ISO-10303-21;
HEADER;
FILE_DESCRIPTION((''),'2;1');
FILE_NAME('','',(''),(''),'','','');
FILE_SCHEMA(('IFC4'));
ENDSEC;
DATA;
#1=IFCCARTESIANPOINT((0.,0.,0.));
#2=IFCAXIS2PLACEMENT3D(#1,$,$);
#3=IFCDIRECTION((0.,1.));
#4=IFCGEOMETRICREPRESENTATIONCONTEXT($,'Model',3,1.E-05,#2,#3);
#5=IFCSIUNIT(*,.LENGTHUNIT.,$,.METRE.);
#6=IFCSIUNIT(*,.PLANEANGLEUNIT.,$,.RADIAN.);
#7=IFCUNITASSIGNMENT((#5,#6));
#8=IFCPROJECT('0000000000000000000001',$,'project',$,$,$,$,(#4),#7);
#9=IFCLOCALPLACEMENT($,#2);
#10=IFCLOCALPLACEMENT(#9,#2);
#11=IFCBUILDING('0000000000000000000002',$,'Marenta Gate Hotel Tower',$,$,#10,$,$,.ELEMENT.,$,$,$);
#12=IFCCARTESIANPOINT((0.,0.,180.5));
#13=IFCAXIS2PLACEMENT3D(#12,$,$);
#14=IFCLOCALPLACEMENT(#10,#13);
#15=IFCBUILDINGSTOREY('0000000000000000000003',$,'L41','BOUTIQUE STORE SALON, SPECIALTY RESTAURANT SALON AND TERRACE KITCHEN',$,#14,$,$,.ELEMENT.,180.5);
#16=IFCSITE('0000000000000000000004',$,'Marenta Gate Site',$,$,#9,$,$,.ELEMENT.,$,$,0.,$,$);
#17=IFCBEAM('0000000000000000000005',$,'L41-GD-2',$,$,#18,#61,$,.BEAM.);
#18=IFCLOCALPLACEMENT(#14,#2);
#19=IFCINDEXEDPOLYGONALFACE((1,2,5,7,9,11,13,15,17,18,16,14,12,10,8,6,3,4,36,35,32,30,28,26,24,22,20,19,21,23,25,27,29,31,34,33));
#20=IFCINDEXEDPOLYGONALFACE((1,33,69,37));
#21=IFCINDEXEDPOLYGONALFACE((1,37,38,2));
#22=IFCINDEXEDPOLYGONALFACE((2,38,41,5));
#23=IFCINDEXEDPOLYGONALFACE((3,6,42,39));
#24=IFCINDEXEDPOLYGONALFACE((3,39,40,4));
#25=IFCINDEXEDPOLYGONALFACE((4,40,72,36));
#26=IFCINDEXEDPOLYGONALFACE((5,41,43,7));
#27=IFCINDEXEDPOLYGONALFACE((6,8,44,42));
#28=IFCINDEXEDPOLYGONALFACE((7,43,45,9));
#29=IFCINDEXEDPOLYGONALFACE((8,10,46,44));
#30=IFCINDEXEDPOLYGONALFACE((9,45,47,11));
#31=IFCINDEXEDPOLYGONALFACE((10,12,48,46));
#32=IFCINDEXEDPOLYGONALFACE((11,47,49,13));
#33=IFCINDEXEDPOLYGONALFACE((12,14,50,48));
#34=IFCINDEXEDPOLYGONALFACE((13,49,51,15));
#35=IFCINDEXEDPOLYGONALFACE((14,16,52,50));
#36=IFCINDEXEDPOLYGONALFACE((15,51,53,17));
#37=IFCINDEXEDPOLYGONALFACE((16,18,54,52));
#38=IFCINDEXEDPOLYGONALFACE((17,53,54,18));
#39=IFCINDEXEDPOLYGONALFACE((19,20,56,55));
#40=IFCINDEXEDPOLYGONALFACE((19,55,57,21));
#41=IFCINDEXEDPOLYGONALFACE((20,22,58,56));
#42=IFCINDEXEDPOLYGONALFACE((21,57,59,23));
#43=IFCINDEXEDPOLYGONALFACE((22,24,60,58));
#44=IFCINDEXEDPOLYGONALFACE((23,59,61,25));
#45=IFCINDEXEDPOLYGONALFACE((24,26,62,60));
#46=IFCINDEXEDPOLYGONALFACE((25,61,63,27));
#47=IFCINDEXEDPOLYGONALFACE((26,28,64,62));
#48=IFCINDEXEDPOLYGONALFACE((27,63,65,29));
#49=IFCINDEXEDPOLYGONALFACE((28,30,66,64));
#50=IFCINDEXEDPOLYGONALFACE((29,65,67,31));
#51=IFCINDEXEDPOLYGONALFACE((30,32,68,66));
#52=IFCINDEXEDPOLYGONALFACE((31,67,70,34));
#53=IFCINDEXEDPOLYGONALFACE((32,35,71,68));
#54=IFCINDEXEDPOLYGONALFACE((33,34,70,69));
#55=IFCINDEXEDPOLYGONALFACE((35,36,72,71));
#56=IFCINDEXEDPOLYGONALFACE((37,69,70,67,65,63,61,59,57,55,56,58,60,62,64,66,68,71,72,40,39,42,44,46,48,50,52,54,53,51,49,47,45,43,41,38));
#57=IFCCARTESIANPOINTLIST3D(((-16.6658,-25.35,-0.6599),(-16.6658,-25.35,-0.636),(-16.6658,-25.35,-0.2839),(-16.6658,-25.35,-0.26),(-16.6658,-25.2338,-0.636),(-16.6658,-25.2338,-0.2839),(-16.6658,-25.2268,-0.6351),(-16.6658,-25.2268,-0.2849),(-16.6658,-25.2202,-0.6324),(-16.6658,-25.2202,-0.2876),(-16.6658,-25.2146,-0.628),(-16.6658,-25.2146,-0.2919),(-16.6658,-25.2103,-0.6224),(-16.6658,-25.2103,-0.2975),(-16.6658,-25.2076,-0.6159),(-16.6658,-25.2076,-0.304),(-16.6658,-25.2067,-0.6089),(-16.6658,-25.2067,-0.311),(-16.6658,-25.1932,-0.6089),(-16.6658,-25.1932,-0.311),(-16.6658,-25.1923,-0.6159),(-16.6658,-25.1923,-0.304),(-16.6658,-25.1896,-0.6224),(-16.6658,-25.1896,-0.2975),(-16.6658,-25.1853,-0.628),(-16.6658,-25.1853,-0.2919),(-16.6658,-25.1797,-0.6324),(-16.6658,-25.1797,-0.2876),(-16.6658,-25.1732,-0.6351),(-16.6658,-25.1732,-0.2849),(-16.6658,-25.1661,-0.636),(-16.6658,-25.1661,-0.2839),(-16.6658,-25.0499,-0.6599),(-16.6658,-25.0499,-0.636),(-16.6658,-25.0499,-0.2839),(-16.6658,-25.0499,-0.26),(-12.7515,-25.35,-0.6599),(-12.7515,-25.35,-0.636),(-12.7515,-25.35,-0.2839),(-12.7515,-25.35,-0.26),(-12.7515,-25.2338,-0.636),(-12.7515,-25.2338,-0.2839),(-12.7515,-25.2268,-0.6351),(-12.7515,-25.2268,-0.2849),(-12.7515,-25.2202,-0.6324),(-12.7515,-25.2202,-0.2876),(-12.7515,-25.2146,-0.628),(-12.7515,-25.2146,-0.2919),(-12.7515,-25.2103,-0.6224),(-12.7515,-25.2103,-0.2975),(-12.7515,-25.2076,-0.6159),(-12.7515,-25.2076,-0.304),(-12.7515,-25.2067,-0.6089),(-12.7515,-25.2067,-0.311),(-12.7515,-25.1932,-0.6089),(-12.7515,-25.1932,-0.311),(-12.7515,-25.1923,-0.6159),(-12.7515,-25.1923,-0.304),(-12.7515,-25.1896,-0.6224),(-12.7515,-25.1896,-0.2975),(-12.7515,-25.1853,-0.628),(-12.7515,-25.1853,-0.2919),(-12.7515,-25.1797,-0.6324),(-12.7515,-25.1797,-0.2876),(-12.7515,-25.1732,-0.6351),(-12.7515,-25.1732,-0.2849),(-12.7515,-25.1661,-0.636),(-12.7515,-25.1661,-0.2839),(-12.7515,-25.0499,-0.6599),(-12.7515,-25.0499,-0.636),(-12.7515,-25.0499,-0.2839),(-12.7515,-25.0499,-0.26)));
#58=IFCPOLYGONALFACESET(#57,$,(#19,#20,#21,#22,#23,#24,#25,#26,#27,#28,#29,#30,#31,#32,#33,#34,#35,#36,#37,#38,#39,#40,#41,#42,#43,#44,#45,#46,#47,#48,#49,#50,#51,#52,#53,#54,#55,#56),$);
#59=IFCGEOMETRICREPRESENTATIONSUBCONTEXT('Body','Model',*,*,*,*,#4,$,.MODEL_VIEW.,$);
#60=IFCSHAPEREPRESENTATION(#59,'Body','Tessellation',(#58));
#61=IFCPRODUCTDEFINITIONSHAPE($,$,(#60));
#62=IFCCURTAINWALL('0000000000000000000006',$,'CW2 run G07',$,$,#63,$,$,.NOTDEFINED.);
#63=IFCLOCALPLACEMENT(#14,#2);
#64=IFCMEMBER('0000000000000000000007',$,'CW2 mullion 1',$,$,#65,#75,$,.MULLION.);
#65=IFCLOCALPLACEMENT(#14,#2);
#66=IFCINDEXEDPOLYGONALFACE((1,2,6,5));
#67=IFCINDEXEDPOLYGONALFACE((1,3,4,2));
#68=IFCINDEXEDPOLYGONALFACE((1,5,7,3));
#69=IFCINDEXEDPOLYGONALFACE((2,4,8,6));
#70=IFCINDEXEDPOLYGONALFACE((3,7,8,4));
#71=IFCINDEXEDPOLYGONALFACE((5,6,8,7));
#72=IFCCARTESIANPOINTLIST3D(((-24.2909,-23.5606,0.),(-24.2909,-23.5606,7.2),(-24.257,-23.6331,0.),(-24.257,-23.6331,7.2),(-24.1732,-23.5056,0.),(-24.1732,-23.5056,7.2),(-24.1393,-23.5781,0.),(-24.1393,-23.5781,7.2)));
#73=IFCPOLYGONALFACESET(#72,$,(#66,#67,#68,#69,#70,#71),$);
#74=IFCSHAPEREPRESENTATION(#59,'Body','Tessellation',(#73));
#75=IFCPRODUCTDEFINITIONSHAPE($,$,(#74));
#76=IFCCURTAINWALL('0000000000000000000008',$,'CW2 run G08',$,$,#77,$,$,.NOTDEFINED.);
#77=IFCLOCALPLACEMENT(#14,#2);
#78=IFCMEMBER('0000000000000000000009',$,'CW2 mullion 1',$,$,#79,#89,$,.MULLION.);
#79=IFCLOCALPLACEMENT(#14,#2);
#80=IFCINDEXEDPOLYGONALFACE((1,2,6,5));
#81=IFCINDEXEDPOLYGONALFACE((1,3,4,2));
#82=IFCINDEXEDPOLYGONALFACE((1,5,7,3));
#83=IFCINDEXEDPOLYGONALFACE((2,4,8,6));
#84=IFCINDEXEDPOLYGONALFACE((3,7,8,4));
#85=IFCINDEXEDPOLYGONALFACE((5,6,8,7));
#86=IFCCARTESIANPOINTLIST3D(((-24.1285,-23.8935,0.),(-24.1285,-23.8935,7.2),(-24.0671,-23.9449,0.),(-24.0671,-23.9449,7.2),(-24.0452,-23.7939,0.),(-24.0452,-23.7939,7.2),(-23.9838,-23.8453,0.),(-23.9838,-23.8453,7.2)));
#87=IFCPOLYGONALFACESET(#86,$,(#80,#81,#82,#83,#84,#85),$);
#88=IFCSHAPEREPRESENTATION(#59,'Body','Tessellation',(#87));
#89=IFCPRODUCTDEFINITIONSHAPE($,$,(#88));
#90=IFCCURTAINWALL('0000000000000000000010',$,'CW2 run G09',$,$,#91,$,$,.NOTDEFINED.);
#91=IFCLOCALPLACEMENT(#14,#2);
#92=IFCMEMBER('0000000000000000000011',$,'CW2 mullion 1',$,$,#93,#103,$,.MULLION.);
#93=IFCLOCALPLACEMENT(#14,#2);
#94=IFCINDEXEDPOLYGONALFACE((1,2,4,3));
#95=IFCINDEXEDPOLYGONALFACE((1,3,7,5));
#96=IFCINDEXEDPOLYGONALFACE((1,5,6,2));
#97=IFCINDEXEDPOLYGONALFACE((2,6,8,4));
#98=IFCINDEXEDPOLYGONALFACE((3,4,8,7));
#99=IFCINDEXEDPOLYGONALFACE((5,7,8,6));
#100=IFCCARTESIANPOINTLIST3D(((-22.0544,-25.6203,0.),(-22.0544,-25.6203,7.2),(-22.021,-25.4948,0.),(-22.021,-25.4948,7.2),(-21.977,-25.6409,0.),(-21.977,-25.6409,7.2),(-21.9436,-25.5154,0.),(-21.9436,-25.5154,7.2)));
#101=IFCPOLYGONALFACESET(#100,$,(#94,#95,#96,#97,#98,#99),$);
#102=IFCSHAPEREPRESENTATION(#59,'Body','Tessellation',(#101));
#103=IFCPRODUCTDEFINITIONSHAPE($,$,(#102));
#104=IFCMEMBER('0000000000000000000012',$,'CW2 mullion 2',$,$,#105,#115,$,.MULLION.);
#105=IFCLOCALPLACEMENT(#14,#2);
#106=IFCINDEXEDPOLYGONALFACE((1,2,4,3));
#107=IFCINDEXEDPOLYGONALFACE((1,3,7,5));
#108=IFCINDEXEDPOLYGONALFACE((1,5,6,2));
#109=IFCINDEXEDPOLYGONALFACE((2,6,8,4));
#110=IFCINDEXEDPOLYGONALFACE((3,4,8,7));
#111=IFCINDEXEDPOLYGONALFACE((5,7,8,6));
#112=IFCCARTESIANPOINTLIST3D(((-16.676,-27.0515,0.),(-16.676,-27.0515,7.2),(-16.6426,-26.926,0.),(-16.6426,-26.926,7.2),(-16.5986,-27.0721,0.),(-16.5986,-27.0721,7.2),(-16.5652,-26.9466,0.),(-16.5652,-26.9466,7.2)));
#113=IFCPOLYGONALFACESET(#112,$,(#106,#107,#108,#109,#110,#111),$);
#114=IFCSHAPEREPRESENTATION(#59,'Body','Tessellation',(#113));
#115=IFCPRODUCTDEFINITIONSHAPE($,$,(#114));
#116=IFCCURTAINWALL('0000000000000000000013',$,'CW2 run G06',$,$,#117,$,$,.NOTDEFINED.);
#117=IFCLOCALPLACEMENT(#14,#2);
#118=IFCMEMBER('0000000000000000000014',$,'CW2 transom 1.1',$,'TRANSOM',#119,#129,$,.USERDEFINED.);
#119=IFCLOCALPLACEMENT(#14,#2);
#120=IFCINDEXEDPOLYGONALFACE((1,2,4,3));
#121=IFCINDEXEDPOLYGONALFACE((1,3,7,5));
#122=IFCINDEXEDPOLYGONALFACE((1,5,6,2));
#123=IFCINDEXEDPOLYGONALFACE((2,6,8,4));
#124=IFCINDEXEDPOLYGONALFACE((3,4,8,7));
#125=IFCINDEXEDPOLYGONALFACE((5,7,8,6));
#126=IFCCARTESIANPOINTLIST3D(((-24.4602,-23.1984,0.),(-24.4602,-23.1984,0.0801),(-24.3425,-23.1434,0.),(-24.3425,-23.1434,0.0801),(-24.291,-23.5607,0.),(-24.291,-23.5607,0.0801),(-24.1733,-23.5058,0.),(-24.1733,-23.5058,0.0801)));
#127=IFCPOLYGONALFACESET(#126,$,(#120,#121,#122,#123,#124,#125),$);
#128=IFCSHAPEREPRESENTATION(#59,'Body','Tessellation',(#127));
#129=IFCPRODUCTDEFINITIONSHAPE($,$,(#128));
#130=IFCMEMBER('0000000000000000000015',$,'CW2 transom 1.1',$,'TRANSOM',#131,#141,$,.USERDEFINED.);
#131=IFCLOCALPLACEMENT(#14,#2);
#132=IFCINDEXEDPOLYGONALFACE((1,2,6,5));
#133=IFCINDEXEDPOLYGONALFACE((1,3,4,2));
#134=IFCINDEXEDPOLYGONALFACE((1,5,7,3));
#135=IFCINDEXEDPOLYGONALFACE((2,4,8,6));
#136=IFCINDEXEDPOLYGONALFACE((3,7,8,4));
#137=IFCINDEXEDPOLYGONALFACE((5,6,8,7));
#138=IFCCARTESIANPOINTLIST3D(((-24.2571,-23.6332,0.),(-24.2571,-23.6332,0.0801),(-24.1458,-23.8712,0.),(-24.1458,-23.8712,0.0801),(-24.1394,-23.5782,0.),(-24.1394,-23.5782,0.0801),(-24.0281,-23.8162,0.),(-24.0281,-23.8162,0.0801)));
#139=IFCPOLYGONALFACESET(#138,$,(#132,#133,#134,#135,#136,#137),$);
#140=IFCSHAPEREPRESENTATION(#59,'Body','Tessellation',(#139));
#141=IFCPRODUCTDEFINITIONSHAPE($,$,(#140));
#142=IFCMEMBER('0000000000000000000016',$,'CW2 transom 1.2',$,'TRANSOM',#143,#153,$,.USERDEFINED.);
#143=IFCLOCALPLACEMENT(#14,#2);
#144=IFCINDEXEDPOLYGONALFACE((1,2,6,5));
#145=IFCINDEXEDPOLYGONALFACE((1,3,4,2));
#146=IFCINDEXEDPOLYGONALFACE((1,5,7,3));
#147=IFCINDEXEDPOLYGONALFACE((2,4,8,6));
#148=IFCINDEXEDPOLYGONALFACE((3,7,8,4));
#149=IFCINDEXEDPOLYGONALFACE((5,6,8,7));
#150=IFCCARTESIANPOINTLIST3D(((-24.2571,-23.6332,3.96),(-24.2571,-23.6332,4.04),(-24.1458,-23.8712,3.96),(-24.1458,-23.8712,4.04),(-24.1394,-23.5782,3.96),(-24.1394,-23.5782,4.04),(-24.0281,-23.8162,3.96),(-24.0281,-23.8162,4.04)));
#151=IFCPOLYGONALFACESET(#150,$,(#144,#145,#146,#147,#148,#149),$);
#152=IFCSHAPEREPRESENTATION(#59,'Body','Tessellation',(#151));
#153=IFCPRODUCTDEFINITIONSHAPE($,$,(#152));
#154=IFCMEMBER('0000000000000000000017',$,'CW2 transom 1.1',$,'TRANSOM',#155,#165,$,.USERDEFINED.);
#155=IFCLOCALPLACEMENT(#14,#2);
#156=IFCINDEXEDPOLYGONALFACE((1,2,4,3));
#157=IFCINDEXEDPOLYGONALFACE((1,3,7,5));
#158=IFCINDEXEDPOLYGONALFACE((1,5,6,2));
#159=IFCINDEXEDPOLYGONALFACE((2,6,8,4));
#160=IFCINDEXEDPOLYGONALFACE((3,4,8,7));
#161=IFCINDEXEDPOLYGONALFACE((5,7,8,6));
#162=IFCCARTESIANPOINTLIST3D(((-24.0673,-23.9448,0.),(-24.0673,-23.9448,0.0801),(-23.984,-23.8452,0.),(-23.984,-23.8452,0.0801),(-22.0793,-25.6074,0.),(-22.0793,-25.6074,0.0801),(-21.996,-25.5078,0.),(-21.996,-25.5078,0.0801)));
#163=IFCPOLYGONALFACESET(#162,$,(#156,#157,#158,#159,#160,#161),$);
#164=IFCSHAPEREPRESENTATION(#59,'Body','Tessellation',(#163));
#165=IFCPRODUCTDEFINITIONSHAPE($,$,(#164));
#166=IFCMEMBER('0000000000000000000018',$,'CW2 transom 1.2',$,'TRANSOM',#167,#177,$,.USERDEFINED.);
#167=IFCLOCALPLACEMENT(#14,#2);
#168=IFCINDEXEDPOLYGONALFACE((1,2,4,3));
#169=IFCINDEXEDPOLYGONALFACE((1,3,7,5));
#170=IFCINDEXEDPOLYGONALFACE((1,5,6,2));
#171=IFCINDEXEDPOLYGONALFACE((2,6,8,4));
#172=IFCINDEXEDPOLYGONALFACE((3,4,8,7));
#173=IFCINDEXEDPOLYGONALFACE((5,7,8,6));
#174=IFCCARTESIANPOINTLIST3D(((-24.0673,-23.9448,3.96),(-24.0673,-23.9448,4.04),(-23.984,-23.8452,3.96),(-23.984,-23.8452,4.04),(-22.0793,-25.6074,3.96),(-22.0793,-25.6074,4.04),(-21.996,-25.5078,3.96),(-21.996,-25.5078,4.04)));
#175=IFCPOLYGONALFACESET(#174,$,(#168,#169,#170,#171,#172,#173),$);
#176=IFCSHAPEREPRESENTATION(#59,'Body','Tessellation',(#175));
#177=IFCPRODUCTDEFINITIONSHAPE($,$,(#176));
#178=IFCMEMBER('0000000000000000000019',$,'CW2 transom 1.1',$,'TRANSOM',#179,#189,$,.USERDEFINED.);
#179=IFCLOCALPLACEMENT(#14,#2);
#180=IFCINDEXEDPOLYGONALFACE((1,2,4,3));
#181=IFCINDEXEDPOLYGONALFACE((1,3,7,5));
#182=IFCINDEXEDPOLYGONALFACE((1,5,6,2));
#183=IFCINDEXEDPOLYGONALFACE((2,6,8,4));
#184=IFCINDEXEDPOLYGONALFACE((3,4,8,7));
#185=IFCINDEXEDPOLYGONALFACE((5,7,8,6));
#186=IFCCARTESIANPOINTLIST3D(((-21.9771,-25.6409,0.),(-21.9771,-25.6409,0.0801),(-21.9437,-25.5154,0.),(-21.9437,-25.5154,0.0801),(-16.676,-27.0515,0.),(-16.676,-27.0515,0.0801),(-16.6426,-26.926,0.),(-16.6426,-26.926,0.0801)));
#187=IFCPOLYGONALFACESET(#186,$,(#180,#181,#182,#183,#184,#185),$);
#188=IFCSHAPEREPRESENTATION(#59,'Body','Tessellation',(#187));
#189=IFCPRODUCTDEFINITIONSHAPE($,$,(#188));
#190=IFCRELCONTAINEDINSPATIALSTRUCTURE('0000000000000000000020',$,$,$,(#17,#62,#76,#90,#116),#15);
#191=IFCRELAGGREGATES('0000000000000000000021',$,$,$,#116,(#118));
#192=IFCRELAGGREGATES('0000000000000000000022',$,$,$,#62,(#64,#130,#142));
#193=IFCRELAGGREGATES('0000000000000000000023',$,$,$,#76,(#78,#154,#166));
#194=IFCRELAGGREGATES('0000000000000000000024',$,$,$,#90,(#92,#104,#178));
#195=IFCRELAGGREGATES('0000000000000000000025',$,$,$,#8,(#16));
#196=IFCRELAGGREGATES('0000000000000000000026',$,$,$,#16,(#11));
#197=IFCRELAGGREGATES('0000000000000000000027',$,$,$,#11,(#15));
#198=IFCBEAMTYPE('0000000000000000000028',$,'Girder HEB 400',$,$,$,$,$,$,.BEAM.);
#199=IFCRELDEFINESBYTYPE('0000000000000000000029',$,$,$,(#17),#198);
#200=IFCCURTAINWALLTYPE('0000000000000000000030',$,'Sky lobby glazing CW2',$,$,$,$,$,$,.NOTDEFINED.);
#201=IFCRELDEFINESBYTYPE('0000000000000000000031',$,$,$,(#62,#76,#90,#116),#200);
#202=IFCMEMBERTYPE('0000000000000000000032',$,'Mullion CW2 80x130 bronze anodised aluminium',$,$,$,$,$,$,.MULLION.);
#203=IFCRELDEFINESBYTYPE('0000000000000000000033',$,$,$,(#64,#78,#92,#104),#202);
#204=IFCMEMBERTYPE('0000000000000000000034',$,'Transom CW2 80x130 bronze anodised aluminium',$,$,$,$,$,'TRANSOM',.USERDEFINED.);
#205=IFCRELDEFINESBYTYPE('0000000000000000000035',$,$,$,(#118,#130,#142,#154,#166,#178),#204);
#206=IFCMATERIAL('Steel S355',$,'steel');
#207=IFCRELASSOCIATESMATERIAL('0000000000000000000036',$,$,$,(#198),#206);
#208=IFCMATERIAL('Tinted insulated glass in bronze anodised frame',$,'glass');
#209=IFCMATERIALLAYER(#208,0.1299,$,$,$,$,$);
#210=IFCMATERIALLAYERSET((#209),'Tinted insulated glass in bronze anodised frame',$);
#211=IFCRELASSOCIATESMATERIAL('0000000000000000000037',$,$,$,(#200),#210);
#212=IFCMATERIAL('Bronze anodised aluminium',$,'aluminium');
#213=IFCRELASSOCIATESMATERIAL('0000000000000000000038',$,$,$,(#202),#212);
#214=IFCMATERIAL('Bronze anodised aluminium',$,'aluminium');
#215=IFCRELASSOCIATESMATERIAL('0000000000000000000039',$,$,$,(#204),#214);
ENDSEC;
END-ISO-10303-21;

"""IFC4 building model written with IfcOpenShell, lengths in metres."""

from ifc_helpers import new_model, si_unit, direction, frame, origin, origin_2d, place, context, subcontext, project, spatial, rectangle, i_section, extrude, material, layer, layer_set, material_profile, profile_set, type_object, element, aggregate, save


model = new_model("IFC4")

# Units and contexts
model_context = context("Model", 3, precision=1e-05, world=origin(), true_north=direction((0.0, 1.0)))
body_context = subcontext(model_context, "Body", "Model", "MODEL_VIEW")
ifc_project = project(units=[si_unit("LENGTHUNIT", "METRE"), si_unit("PLANEANGLEUNIT", "RADIAN")], contexts=[model_context])

# Site, building, storey
site_placement = place(None, origin())
site = spatial("IfcSite", under=ifc_project, at=site_placement, Name="Marenta Gate Site", CompositionType="ELEMENT", RefElevation=0.0)
building_placement = place(site_placement, origin())
building = spatial("IfcBuilding", under=site, at=building_placement, Name="Marenta Gate Hotel Tower", CompositionType="ELEMENT")
storey_placement = place(building_placement, frame((0.0, 0.0, 180.5)))
storey = spatial("IfcBuildingStorey", under=building, at=storey_placement, Name="L41", Description="BOUTIQUE STORE SALON, SPECIALTY RESTAURANT SALON AND TERRACE KITCHEN", CompositionType="ELEMENT", Elevation=180.5)

# Beam
ifc_material_1 = material(Name="Steel S355", Category="steel")
ifc_material_profile_1 = material_profile(ifc_material_1, i_section(OverallWidth=0.3, OverallDepth=0.3999, WebThickness=0.0134, FlangeThickness=0.0239, FilletRadius=0.0271, at=origin_2d()), Name="HEB 400")
ifc_profile_set_1 = profile_set([ifc_material_profile_1], Name="Steel S355")
beam_type_1 = type_object("IfcBeamType", Name="Girder HEB 400", PredefinedType="BEAM", material=ifc_profile_set_1)
beam_1_placement = place(storey_placement, frame((-16.6658, -25.2, -0.46), z_axis=(1.0, 0.0, 0.0), x_axis=(0.0, 1.0, 0.0)))
element("IfcBeam", 1, at=beam_1_placement, inside=storey, type_object=beam_type_1, Name="L41-GD-2", PredefinedType="BEAM", context=body_context, shape_type="SweptSolid", body=[
    extrude(i_section(OverallWidth=0.3, OverallDepth=0.3999, WebThickness=0.0134, FlangeThickness=0.0239, FilletRadius=0.0271, at=origin_2d()), origin(), (0.0, 0.0, 1.0), 3.9143),
])

# Curtain walls, members
ifc_material_2 = material(Name="Tinted insulated glass in bronze anodised frame", Category="glass")
ifc_layer_1 = layer(ifc_material_2, 0.1299)
ifc_layer_set_1 = layer_set([ifc_layer_1], Name="Tinted insulated glass in bronze anodised frame")
curtain_wall_type = type_object("IfcCurtainWallType", Name="Sky lobby glazing CW2", PredefinedType="NOTDEFINED", material=ifc_layer_set_1)
curtain_wall_1_placement = place(storey_placement, origin())
curtain_wall_1 = element("IfcCurtainWall", 2, at=curtain_wall_1_placement, inside=storey, type_object=curtain_wall_type, Name="CW2 run G07", PredefinedType="NOTDEFINED")
ifc_material_3 = material(Name="Bronze anodised aluminium", Category="aluminium")
ifc_material_profile_2 = material_profile(ifc_material_3, rectangle(XDim=0.1299, YDim=0.0801, at=origin_2d()), Name="Mullion CW2 80x130 bronze anodised aluminium")
ifc_profile_set_2 = profile_set([ifc_material_profile_2], Name="Bronze anodised aluminium")
member_type_1 = type_object("IfcMemberType", Name="Mullion CW2 80x130 bronze anodised aluminium", PredefinedType="MULLION", material=ifc_profile_set_2)
member_1_placement = place(storey_placement, frame((-24.2151, -23.5693, 0.0), z_axis=(0.0, 0.0, 1.0), x_axis=(0.9059, 0.423492, 0.0)))
member_1 = element("IfcMember", 3, at=member_1_placement, type_object=member_type_1, Name="CW2 mullion 1", PredefinedType="MULLION", context=body_context, shape_type="SweptSolid", body=[
    extrude(rectangle(XDim=0.1299, YDim=0.0801, at=origin_2d()), origin(), (0.0, 0.0, 1.0), 7.2),
])
curtain_wall_2_placement = place(storey_placement, origin())
curtain_wall_2 = element("IfcCurtainWall", 4, at=curtain_wall_2_placement, inside=storey, type_object=curtain_wall_type, Name="CW2 run G08", PredefinedType="NOTDEFINED")
member_2_placement = place(storey_placement, frame((-24.0562, -23.8694, 0.0), z_axis=(0.0, 0.0, 1.0), x_axis=(0.641538, 0.767091, 0.0)))
member_2 = element("IfcMember", 5, at=member_2_placement, type_object=member_type_1, Name="CW2 mullion 1", PredefinedType="MULLION", context=body_context, shape_type="SweptSolid", body=[
    extrude(rectangle(XDim=0.1299, YDim=0.0801, at=origin_2d()), origin(), (0.0, 0.0, 1.0), 7.2),
])

# Curtain wall, members
curtain_wall_3_placement = place(storey_placement, origin())
curtain_wall_3 = element("IfcCurtainWall", 6, at=curtain_wall_3_placement, inside=storey, type_object=curtain_wall_type, Name="CW2 run G09", PredefinedType="NOTDEFINED")
member_3_placement = place(storey_placement, frame((-21.999, -25.5679, 0.0), z_axis=(0.0, 0.0, 1.0), x_axis=(0.257139, 0.966375, 0.0)))
member_3 = element("IfcMember", 7, at=member_3_placement, type_object=member_type_1, Name="CW2 mullion 1", PredefinedType="MULLION", context=body_context, shape_type="SweptSolid", body=[
    extrude(rectangle(XDim=0.1299, YDim=0.0801, at=origin_2d()), origin(), (0.0, 0.0, 1.0), 7.2),
])
member_4_placement = place(storey_placement, frame((-16.6206, -26.999, 0.0), z_axis=(0.0, 0.0, 1.0), x_axis=(0.257139, 0.966375, 0.0)))
member_4 = element("IfcMember", 8, at=member_4_placement, type_object=member_type_1, Name="CW2 mullion 2", PredefinedType="MULLION", context=body_context, shape_type="SweptSolid", body=[
    extrude(rectangle(XDim=0.1299, YDim=0.0801, at=origin_2d()), origin(), (0.0, 0.0, 1.0), 7.2),
])

# Curtain wall, member
curtain_wall_4_placement = place(storey_placement, origin())
curtain_wall_4 = element("IfcCurtainWall", 9, at=curtain_wall_4_placement, inside=storey, type_object=curtain_wall_type, Name="CW2 run G06", PredefinedType="NOTDEFINED")
ifc_material_4 = material(Name="Bronze anodised aluminium", Category="aluminium")
ifc_material_profile_3 = material_profile(ifc_material_4, rectangle(XDim=0.1299, YDim=0.0801, at=origin_2d()), Name="Transom CW2 80x130 bronze anodised aluminium")
ifc_profile_set_3 = profile_set([ifc_material_profile_3], Name="Bronze anodised aluminium")
member_type_2 = type_object("IfcMemberType", Name="Transom CW2 80x130 bronze anodised aluminium", ElementType="TRANSOM", PredefinedType="USERDEFINED", material=ifc_profile_set_3)
member_5_placement = place(storey_placement, frame((-24.4014, -23.1709, 0.04), z_axis=(0.423119, -0.906074, 0.0), x_axis=(0.906074, 0.423119, 0.0)))
member_5 = element("IfcMember", 10, at=member_5_placement, type_object=member_type_2, Name="CW2 transom 1.1", ObjectType="TRANSOM", PredefinedType="USERDEFINED", context=body_context, shape_type="SweptSolid", body=[
    extrude(rectangle(XDim=0.1299, YDim=0.0801, at=origin_2d()), origin(), (0.0, 0.0, 1.0), 0.3999),
])

# Members
member_6_placement = place(storey_placement, frame((-24.1982, -23.6057, 0.04), z_axis=(0.423648, -0.905827, 0.0), x_axis=(0.905827, 0.423648, 0.0)))
member_6 = element("IfcMember", 11, at=member_6_placement, type_object=member_type_2, Name="CW2 transom 1.1", ObjectType="TRANSOM", PredefinedType="USERDEFINED", context=body_context, shape_type="SweptSolid", body=[
    extrude(rectangle(XDim=0.1299, YDim=0.0801, at=origin_2d()), origin(), (0.0, 0.0, 1.0), 0.2627),
])
member_7_placement = place(storey_placement, frame((-24.1982, -23.6057, 4.0), z_axis=(0.423648, -0.905827, 0.0), x_axis=(0.905827, 0.423648, 0.0)))
member_7 = element("IfcMember", 12, at=member_7_placement, type_object=member_type_2, Name="CW2 transom 1.2", ObjectType="TRANSOM", PredefinedType="USERDEFINED", context=body_context, shape_type="SweptSolid", body=[
    extrude(rectangle(XDim=0.1299, YDim=0.0801, at=origin_2d()), origin(), (0.0, 0.0, 1.0), 0.2627),
])
member_8_placement = place(storey_placement, frame((-24.0256, -23.895, 0.04), z_axis=(0.7671, -0.641527, 0.0), x_axis=(0.641527, 0.7671, 0.0)))
member_8 = element("IfcMember", 13, at=member_8_placement, type_object=member_type_2, Name="CW2 transom 1.1", ObjectType="TRANSOM", PredefinedType="USERDEFINED", context=body_context, shape_type="SweptSolid", body=[
    extrude(rectangle(XDim=0.1299, YDim=0.0801, at=origin_2d()), origin(), (0.0, 0.0, 1.0), 2.5916),
])
member_9_placement = place(storey_placement, frame((-24.0256, -23.895, 4.0), z_axis=(0.7671, -0.641527, 0.0), x_axis=(0.641527, 0.7671, 0.0)))
member_9 = element("IfcMember", 14, at=member_9_placement, type_object=member_type_2, Name="CW2 transom 1.2", ObjectType="TRANSOM", PredefinedType="USERDEFINED", context=body_context, shape_type="SweptSolid", body=[
    extrude(rectangle(XDim=0.1299, YDim=0.0801, at=origin_2d()), origin(), (0.0, 0.0, 1.0), 2.5916),
])
member_10_placement = place(storey_placement, frame((-21.9604, -25.5781, 0.04), z_axis=(0.966369, -0.257158, 0.0), x_axis=(0.257158, 0.966369, 0.0)))
member_10 = element("IfcMember", 15, at=member_10_placement, type_object=member_type_2, Name="CW2 transom 1.1", ObjectType="TRANSOM", PredefinedType="USERDEFINED", context=body_context, shape_type="SweptSolid", body=[
    extrude(rectangle(XDim=0.1299, YDim=0.0801, at=origin_2d()), origin(), (0.0, 0.0, 1.0), 5.4856),
])

aggregate(curtain_wall_4, [member_5])
aggregate(curtain_wall_1, [member_1, member_6, member_7])
aggregate(curtain_wall_2, [member_2, member_8, member_9])
aggregate(curtain_wall_3, [member_3, member_4, member_10])

save(model, "model.ifc")
